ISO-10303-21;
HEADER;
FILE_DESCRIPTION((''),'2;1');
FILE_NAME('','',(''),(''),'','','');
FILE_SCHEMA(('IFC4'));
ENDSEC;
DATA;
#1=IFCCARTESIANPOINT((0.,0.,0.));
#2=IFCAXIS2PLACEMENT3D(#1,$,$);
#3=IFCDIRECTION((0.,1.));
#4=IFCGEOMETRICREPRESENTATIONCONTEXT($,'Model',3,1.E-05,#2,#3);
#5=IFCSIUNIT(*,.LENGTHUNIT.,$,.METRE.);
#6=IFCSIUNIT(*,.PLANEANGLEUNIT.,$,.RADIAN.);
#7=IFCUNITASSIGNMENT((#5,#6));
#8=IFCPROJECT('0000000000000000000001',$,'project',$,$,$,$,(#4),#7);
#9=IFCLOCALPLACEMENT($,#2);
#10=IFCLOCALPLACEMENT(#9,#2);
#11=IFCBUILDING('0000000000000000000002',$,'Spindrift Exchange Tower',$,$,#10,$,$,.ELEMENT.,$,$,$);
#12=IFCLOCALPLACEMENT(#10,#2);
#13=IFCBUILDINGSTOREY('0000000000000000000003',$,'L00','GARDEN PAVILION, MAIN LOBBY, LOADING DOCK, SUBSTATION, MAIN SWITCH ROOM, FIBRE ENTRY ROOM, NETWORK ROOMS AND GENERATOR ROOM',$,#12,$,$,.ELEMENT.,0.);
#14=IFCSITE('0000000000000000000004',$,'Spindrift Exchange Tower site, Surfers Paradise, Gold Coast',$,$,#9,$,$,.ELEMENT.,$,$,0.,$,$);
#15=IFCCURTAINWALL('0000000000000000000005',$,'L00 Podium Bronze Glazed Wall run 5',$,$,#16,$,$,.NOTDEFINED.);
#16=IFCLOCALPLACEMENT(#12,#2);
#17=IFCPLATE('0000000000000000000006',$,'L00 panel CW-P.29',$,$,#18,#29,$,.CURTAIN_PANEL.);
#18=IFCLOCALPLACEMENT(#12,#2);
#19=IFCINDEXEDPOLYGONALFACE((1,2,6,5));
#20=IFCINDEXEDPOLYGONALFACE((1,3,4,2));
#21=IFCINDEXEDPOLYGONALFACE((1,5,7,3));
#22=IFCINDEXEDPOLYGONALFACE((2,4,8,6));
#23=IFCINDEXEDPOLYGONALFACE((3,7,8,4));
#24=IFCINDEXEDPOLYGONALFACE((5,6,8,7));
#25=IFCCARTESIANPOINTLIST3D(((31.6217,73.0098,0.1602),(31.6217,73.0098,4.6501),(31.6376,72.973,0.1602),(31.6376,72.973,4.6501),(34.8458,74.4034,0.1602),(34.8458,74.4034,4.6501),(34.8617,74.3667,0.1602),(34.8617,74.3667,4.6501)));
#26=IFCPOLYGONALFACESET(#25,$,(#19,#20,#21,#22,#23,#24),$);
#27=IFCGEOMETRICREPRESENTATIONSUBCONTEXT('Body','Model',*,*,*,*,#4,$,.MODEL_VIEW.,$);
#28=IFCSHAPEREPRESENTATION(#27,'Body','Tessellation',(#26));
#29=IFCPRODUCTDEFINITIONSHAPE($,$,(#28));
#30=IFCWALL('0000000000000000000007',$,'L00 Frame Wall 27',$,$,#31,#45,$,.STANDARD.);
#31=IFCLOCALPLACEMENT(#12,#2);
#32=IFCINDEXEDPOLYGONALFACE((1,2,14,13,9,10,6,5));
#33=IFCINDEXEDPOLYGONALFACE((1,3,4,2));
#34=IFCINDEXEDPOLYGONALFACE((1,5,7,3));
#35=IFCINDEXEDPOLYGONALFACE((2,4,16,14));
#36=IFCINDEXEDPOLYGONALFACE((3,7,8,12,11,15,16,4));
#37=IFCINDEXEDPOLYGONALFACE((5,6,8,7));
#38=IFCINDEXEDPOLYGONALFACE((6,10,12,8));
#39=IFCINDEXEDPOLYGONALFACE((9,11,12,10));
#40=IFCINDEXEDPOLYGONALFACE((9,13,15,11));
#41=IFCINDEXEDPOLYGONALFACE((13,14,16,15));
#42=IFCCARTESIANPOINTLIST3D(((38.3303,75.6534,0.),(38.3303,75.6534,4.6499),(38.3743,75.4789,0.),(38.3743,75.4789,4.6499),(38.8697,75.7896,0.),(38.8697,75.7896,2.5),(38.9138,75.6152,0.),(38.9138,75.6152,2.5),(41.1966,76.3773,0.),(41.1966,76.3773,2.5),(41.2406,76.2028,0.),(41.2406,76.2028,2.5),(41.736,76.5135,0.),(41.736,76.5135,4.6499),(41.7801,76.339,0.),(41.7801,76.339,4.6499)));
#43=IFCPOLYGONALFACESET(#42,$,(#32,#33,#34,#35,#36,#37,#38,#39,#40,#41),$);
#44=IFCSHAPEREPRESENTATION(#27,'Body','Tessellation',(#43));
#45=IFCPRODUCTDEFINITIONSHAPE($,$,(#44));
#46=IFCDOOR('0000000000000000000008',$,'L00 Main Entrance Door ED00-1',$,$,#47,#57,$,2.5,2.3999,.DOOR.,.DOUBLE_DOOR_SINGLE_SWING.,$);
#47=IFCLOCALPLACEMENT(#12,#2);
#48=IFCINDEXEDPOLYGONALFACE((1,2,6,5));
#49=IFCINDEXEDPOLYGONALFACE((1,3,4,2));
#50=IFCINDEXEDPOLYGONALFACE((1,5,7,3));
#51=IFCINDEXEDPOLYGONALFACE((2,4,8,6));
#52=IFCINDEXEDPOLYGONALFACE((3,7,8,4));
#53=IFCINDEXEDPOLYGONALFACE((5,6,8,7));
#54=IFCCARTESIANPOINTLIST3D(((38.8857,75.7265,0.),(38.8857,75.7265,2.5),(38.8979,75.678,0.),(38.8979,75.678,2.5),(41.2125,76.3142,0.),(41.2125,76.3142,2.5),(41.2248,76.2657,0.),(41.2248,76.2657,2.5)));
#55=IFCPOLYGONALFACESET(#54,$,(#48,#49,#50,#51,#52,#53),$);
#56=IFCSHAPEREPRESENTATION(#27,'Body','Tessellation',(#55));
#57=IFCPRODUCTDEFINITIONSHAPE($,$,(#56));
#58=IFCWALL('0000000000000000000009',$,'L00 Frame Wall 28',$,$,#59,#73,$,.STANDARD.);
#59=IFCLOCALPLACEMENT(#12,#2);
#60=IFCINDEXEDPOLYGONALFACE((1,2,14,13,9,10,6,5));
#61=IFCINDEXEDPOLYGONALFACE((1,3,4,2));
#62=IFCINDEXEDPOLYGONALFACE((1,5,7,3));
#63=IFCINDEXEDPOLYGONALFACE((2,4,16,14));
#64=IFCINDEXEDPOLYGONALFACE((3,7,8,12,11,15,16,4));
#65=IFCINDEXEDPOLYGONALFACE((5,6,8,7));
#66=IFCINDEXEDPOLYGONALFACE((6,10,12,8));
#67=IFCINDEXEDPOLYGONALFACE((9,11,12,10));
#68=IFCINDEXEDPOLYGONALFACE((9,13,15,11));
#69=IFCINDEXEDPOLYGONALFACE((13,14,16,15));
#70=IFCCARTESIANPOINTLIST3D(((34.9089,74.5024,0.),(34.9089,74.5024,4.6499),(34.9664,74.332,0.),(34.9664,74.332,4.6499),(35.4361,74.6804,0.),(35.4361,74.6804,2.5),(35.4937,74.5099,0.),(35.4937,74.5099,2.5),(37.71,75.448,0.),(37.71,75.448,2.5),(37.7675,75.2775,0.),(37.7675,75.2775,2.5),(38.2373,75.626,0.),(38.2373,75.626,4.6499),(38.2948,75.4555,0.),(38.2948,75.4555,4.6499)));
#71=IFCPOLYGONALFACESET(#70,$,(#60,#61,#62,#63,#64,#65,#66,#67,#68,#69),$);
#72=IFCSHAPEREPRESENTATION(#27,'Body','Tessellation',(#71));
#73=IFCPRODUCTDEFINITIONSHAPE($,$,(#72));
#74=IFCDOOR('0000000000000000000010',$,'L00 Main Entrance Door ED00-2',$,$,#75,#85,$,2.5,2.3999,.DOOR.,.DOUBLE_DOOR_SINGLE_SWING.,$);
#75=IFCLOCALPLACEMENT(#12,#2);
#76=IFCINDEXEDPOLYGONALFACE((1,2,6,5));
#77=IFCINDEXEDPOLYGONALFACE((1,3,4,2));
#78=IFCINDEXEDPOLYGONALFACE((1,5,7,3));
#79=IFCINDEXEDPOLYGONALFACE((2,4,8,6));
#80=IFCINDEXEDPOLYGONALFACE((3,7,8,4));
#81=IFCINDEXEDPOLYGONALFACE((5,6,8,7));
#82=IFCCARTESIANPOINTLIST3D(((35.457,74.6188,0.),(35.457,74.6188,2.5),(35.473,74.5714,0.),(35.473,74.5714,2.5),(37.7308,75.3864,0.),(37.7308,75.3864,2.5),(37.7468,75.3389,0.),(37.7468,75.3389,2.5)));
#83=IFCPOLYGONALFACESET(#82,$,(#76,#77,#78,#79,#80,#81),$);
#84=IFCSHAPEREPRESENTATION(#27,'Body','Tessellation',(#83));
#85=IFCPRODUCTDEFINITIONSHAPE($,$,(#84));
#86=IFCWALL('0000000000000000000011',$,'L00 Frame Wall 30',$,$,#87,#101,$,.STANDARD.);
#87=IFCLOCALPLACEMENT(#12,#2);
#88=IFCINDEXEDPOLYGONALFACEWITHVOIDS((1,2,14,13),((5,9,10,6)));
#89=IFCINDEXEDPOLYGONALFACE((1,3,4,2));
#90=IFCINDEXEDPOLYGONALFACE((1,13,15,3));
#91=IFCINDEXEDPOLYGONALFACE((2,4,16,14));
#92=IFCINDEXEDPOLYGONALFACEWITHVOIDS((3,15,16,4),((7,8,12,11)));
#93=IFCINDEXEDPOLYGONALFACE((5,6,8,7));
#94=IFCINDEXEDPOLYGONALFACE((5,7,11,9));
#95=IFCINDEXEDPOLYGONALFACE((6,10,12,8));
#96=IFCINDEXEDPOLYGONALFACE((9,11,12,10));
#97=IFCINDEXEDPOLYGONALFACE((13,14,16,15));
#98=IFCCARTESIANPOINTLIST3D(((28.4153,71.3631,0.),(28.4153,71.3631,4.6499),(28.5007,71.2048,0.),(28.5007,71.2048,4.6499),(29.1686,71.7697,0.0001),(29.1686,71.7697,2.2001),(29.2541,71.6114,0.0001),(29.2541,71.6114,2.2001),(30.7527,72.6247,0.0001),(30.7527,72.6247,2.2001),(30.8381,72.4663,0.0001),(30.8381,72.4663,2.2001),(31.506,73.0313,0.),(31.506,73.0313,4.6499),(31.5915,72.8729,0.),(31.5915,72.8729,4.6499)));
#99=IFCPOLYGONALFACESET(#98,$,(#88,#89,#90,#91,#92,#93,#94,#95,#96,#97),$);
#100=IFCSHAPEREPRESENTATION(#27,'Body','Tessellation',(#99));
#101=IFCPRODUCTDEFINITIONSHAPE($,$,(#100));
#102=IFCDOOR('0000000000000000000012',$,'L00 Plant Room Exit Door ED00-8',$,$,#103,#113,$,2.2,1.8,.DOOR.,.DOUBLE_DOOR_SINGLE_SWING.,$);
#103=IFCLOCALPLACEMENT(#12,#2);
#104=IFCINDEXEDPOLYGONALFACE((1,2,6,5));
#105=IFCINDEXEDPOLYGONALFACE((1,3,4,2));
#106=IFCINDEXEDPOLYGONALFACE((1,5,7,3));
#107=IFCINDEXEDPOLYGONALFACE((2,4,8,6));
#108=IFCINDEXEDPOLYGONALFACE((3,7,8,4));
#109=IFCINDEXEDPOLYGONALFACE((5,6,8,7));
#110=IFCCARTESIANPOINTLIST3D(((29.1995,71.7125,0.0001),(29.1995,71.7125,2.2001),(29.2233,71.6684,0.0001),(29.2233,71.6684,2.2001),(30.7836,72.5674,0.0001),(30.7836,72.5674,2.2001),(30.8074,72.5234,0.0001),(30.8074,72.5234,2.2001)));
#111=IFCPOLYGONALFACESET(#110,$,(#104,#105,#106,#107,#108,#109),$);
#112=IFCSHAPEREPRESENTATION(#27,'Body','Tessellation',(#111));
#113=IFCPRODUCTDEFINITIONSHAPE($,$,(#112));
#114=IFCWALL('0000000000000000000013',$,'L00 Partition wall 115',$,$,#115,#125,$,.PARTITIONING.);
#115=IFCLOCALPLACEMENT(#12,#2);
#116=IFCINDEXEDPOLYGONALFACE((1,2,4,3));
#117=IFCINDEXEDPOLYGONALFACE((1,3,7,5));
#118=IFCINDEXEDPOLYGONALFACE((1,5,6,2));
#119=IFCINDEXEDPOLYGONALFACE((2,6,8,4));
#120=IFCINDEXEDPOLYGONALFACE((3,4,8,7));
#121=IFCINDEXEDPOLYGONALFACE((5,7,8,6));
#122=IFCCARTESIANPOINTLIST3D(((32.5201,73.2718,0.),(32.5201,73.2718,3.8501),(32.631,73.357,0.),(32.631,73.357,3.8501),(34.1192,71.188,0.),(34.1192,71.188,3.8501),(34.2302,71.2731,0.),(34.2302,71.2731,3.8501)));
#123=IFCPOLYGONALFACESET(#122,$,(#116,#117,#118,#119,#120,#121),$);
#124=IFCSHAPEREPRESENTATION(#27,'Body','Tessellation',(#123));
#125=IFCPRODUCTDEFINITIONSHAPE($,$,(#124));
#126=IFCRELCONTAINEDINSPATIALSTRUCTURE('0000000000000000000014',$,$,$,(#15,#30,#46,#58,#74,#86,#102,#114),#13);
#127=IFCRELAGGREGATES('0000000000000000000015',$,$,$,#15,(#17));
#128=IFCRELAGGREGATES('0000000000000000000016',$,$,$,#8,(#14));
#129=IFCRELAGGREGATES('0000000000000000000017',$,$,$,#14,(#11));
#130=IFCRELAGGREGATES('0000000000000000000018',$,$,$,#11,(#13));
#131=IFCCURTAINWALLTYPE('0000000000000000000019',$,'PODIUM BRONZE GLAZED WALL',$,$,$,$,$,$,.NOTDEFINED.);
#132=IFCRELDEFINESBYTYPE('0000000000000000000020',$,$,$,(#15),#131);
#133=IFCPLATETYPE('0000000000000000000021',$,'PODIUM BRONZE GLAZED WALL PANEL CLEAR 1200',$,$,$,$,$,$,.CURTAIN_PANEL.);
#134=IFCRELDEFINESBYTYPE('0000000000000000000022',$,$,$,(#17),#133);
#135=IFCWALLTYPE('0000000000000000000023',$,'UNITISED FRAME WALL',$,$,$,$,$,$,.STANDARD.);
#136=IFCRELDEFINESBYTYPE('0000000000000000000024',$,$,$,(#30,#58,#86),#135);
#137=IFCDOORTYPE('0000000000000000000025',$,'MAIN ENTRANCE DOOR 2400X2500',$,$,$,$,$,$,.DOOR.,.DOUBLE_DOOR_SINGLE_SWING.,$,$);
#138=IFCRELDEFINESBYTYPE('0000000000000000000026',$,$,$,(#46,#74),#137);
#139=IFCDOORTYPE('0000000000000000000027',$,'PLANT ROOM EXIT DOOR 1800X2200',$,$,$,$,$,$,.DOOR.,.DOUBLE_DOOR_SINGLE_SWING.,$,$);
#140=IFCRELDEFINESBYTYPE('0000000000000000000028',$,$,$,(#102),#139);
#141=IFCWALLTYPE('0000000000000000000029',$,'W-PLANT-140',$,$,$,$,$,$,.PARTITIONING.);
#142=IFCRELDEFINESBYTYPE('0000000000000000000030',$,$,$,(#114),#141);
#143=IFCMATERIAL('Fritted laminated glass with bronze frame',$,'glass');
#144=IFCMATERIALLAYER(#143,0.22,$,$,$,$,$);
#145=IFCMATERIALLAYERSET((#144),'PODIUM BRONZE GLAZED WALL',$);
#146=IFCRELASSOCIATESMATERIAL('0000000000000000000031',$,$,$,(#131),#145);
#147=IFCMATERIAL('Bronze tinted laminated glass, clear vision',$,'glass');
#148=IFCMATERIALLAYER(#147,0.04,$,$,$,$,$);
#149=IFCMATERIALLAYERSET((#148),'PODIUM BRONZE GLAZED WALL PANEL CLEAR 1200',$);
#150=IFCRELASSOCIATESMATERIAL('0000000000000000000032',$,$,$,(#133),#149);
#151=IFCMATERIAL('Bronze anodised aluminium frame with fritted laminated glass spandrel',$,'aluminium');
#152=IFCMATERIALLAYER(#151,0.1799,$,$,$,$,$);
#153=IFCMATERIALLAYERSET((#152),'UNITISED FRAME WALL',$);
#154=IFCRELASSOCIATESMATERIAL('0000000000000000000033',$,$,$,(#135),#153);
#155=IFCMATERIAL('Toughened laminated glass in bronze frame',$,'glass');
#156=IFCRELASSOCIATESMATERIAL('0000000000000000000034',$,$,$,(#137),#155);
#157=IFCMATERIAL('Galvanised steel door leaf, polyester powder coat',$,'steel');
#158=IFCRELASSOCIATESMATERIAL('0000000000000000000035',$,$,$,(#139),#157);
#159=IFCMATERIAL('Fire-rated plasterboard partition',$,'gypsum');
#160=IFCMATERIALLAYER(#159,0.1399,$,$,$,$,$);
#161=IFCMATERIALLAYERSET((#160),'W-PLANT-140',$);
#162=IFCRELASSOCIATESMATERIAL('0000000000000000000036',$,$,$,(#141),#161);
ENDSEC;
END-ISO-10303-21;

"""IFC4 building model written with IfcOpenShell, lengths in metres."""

from ifc_helpers import new_model, si_unit, direction, frame, frame_2d, origin, origin_2d, place, context, subcontext, project, spatial, rectangle, extrude, source, transform, mapped, material, layer, layer_set, type_object, element, fill, aggregate, save


model = new_model("IFC4")

# Units and contexts
model_context = context("Model", 3, precision=1e-05, world=origin(), true_north=direction((0.0, 1.0)))
body_context = subcontext(model_context, "Body", "Model", "MODEL_VIEW")
ifc_project = project(units=[si_unit("LENGTHUNIT", "METRE"), si_unit("PLANEANGLEUNIT", "RADIAN")], contexts=[model_context])

# Site, building, storey
site_placement = place(None, origin())
site = spatial("IfcSite", under=ifc_project, at=site_placement, Name="Spindrift Exchange Tower site, Surfers Paradise, Gold Coast", CompositionType="ELEMENT", RefElevation=0.0)
building_placement = place(site_placement, origin())
building = spatial("IfcBuilding", under=site, at=building_placement, Name="Spindrift Exchange Tower", CompositionType="ELEMENT")
storey_placement = place(building_placement, origin())
storey = spatial("IfcBuildingStorey", under=building, at=storey_placement, Name="L00", Description="GARDEN PAVILION, MAIN LOBBY, LOADING DOCK, SUBSTATION, MAIN SWITCH ROOM, FIBRE ENTRY ROOM, NETWORK ROOMS AND GENERATOR ROOM", CompositionType="ELEMENT", Elevation=0.0)

# Curtain wall, plate
ifc_material_1 = material(Name="Fritted laminated glass with bronze frame", Category="glass")
ifc_layer_1 = layer(ifc_material_1, 0.22)
ifc_layer_set_1 = layer_set([ifc_layer_1], Name="PODIUM BRONZE GLAZED WALL")
curtain_wall_type = type_object("IfcCurtainWallType", Name="PODIUM BRONZE GLAZED WALL", PredefinedType="NOTDEFINED", material=ifc_layer_set_1)
curtain_wall_placement = place(storey_placement, origin())
curtain_wall = element("IfcCurtainWall", 1, at=curtain_wall_placement, inside=storey, type_object=curtain_wall_type, Name="L00 Podium Bronze Glazed Wall run 5", PredefinedType="NOTDEFINED")
ifc_material_2 = material(Name="Bronze tinted laminated glass, clear vision", Category="glass")
ifc_layer_2 = layer(ifc_material_2, 0.04)
ifc_layer_set_2 = layer_set([ifc_layer_2], Name="PODIUM BRONZE GLAZED WALL PANEL CLEAR 1200")
plate_type = type_object("IfcPlateType", Name="PODIUM BRONZE GLAZED WALL PANEL CLEAR 1200", PredefinedType="CURTAIN_PANEL", material=ifc_layer_set_2)
shared_shape_1 = source(origin(), body_context, "Body", "SweptSolid", [
    extrude(rectangle(XDim=3.5125, YDim=0.04, at=origin_2d()), origin(), (0.0, 0.0, 1.0), 4.49),
])
plate_placement = place(storey_placement, frame((33.2417, 73.6882, 0.1602), z_axis=(0.0, 0.0, 1.0), x_axis=(-0.917915, -0.396778, 0.0)))
plate = element("IfcPlate", 2, at=plate_placement, type_object=plate_type, Name="L00 panel CW-P.29", PredefinedType="CURTAIN_PANEL", context=body_context, shape_type="MappedRepresentation", body=[
    mapped(shared_shape_1, transform((0.0, 0.0, 0.0), scale=1.0)),
])
aggregate(curtain_wall, [plate])

# Walls, openings, doors
ifc_material_3 = material(Name="Bronze anodised aluminium frame with fritted laminated glass spandrel", Category="aluminium")
ifc_layer_3 = layer(ifc_material_3, 0.1799)
ifc_layer_set_3 = layer_set([ifc_layer_3], Name="UNITISED FRAME WALL")
wall_type_1 = type_object("IfcWallType", Name="UNITISED FRAME WALL", PredefinedType="STANDARD", material=ifc_layer_set_3)
wall_1_placement = place(storey_placement, frame((38.3523, 75.5662, 0.0), z_axis=(0.0, 0.0, 1.0), x_axis=(0.969559, 0.244857, 0.0)))
wall_1 = element("IfcWall", 3, at=wall_1_placement, inside=storey, type_object=wall_type_1, Name="L00 Frame Wall 27", PredefinedType="STANDARD", context=body_context, shape_type="SweptSolid", body=[
    extrude(rectangle(XDim=3.5127, YDim=0.1799, at=frame_2d((1.7563, 0.0))), origin(), (0.0, 0.0, 1.0), 4.6499),
])
opening_1_placement = place(wall_1_placement, frame((0.5564, 0.0, 0.0)))
opening_1 = element("IfcOpeningElement", 4, at=opening_1_placement, cuts=wall_1, PredefinedType="OPENING", context=body_context, shape_type="SweptSolid", body=[
    extrude(rectangle(XDim=2.3999, YDim=2.5, at=frame_2d((1.2, 1.25))), frame((0.0, 0.0999, 0.0), z_axis=(0.0, -1.0, 0.0), x_axis=(1.0, 0.0, 0.0)), (0.0, 0.0, 1.0), 0.2),
])
ifc_material_4 = material(Name="Toughened laminated glass in bronze frame", Category="glass")
door_type_1 = type_object("IfcDoorType", Name="MAIN ENTRANCE DOOR 2400X2500", OperationType="DOUBLE_DOOR_SINGLE_SWING", PredefinedType="DOOR", material=ifc_material_4)
shared_shape_2 = source(origin(), body_context, "Body", "SweptSolid", [
    extrude(rectangle(XDim=2.3999, YDim=2.5, at=frame_2d((1.2, 1.25))), frame((0.0, 0.0249, 0.0), z_axis=(0.0, -1.0, 0.0), x_axis=(1.0, 0.0, 0.0)), (0.0, 0.0, 1.0), 0.05),
])
door_1_placement = place(opening_1_placement, origin())
door_1 = element("IfcDoor", 5, at=door_1_placement, inside=storey, type_object=door_type_1, Name="L00 Main Entrance Door ED00-1", OperationType="DOUBLE_DOOR_SINGLE_SWING", OverallHeight=2.5, OverallWidth=2.3999, PredefinedType="DOOR", context=body_context, shape_type="MappedRepresentation", body=[
    mapped(shared_shape_2, transform((0.0, 0.0, 0.0), scale=1.0)),
])
fill(opening_1, door_1)
wall_2_placement = place(storey_placement, frame((34.9377, 74.4172, 0.0), z_axis=(0.0, 0.0, 1.0), x_axis=(0.947474, 0.319832, 0.0)))
wall_2 = element("IfcWall", 6, at=wall_2_placement, inside=storey, type_object=wall_type_1, Name="L00 Frame Wall 28", PredefinedType="STANDARD", context=body_context, shape_type="SweptSolid", body=[
    extrude(rectangle(XDim=3.5129, YDim=0.1799, at=frame_2d((1.7563, 0.0))), origin(), (0.0, 0.0, 1.0), 4.6499),
])
opening_2_placement = place(wall_2_placement, frame((0.5564, 0.0, 0.0)))
opening_2 = element("IfcOpeningElement", 7, at=opening_2_placement, cuts=wall_2, PredefinedType="OPENING", context=body_context, shape_type="SweptSolid", body=[
    extrude(rectangle(XDim=2.3999, YDim=2.5, at=frame_2d((1.2, 1.25))), frame((0.0, 0.0999, 0.0), z_axis=(0.0, -1.0, 0.0), x_axis=(1.0, 0.0, 0.0)), (0.0, 0.0, 1.0), 0.2),
])
door_2_placement = place(opening_2_placement, origin())
door_2 = element("IfcDoor", 8, at=door_2_placement, inside=storey, type_object=door_type_1, Name="L00 Main Entrance Door ED00-2", OperationType="DOUBLE_DOOR_SINGLE_SWING", OverallHeight=2.5, OverallWidth=2.3999, PredefinedType="DOOR", context=body_context, shape_type="MappedRepresentation", body=[
    mapped(shared_shape_2, transform((0.0, 0.0, 0.0), scale=1.0)),
])
fill(opening_2, door_2)
wall_3_placement = place(storey_placement, frame((28.458, 71.2839, 0.0), z_axis=(0.0, 0.0, 1.0), x_axis=(0.880004, 0.474966, 0.0)))
wall_3 = element("IfcWall", 9, at=wall_3_placement, inside=storey, type_object=wall_type_1, Name="L00 Frame Wall 30", PredefinedType="STANDARD", context=body_context, shape_type="SweptSolid", body=[
    extrude(rectangle(XDim=3.5122, YDim=0.1799, at=frame_2d((1.7561, 0.0))), origin(), (0.0, 0.0, 1.0), 4.6499),
])
opening_3_placement = place(wall_3_placement, frame((0.8562, 0.0, 0.0)))
opening_3 = element("IfcOpeningElement", 10, at=opening_3_placement, cuts=wall_3, PredefinedType="OPENING", context=body_context, shape_type="SweptSolid", body=[
    extrude(rectangle(XDim=1.8, YDim=2.2, at=frame_2d((0.8999, 1.1001))), frame((0.0, 0.0999, 0.0), z_axis=(0.0, -1.0, 0.0), x_axis=(1.0, 0.0, 0.0)), (0.0, 0.0, 1.0), 0.2),
])
ifc_material_5 = material(Name="Galvanised steel door leaf, polyester powder coat", Category="steel")
door_type_2 = type_object("IfcDoorType", Name="PLANT ROOM EXIT DOOR 1800X2200", OperationType="DOUBLE_DOOR_SINGLE_SWING", PredefinedType="DOOR", material=ifc_material_5)
shared_shape_3 = source(origin(), body_context, "Body", "SweptSolid", [
    extrude(rectangle(XDim=1.8, YDim=2.2, at=frame_2d((0.8999, 1.1001))), frame((0.0, 0.0249, 0.0), z_axis=(0.0, -1.0, 0.0), x_axis=(1.0, 0.0, 0.0)), (0.0, 0.0, 1.0), 0.05),
])
door_3_placement = place(opening_3_placement, origin())
door_3 = element("IfcDoor", 11, at=door_3_placement, inside=storey, type_object=door_type_2, Name="L00 Plant Room Exit Door ED00-8", OperationType="DOUBLE_DOOR_SINGLE_SWING", OverallHeight=2.2, OverallWidth=1.8, PredefinedType="DOOR", context=body_context, shape_type="MappedRepresentation", body=[
    mapped(shared_shape_3, transform((0.0, 0.0, 0.0), scale=1.0)),
])
fill(opening_3, door_3)

# Wall
ifc_material_6 = material(Name="Fire-rated plasterboard partition", Category="gypsum")
ifc_layer_4 = layer(ifc_material_6, 0.1399)
ifc_layer_set_4 = layer_set([ifc_layer_4], Name="W-PLANT-140")
wall_type_2 = type_object("IfcWallType", Name="W-PLANT-140", PredefinedType="PARTITIONING", material=ifc_layer_set_4)
wall_4_placement = place(storey_placement, frame((34.1748, 71.2305, 0.0), z_axis=(0.0, 0.0, 1.0), x_axis=(-0.608812, 0.793315, 0.0)))
element("IfcWall", 12, at=wall_4_placement, inside=storey, type_object=wall_type_2, Name="L00 Partition wall 115", PredefinedType="PARTITIONING", context=body_context, shape_type="SweptSolid", body=[
    extrude(rectangle(XDim=2.6267, YDim=0.1399, at=frame_2d((1.3135, 0.0))), origin(), (0.0, 0.0, 1.0), 3.8501),
])

save(model, "model.ifc")
